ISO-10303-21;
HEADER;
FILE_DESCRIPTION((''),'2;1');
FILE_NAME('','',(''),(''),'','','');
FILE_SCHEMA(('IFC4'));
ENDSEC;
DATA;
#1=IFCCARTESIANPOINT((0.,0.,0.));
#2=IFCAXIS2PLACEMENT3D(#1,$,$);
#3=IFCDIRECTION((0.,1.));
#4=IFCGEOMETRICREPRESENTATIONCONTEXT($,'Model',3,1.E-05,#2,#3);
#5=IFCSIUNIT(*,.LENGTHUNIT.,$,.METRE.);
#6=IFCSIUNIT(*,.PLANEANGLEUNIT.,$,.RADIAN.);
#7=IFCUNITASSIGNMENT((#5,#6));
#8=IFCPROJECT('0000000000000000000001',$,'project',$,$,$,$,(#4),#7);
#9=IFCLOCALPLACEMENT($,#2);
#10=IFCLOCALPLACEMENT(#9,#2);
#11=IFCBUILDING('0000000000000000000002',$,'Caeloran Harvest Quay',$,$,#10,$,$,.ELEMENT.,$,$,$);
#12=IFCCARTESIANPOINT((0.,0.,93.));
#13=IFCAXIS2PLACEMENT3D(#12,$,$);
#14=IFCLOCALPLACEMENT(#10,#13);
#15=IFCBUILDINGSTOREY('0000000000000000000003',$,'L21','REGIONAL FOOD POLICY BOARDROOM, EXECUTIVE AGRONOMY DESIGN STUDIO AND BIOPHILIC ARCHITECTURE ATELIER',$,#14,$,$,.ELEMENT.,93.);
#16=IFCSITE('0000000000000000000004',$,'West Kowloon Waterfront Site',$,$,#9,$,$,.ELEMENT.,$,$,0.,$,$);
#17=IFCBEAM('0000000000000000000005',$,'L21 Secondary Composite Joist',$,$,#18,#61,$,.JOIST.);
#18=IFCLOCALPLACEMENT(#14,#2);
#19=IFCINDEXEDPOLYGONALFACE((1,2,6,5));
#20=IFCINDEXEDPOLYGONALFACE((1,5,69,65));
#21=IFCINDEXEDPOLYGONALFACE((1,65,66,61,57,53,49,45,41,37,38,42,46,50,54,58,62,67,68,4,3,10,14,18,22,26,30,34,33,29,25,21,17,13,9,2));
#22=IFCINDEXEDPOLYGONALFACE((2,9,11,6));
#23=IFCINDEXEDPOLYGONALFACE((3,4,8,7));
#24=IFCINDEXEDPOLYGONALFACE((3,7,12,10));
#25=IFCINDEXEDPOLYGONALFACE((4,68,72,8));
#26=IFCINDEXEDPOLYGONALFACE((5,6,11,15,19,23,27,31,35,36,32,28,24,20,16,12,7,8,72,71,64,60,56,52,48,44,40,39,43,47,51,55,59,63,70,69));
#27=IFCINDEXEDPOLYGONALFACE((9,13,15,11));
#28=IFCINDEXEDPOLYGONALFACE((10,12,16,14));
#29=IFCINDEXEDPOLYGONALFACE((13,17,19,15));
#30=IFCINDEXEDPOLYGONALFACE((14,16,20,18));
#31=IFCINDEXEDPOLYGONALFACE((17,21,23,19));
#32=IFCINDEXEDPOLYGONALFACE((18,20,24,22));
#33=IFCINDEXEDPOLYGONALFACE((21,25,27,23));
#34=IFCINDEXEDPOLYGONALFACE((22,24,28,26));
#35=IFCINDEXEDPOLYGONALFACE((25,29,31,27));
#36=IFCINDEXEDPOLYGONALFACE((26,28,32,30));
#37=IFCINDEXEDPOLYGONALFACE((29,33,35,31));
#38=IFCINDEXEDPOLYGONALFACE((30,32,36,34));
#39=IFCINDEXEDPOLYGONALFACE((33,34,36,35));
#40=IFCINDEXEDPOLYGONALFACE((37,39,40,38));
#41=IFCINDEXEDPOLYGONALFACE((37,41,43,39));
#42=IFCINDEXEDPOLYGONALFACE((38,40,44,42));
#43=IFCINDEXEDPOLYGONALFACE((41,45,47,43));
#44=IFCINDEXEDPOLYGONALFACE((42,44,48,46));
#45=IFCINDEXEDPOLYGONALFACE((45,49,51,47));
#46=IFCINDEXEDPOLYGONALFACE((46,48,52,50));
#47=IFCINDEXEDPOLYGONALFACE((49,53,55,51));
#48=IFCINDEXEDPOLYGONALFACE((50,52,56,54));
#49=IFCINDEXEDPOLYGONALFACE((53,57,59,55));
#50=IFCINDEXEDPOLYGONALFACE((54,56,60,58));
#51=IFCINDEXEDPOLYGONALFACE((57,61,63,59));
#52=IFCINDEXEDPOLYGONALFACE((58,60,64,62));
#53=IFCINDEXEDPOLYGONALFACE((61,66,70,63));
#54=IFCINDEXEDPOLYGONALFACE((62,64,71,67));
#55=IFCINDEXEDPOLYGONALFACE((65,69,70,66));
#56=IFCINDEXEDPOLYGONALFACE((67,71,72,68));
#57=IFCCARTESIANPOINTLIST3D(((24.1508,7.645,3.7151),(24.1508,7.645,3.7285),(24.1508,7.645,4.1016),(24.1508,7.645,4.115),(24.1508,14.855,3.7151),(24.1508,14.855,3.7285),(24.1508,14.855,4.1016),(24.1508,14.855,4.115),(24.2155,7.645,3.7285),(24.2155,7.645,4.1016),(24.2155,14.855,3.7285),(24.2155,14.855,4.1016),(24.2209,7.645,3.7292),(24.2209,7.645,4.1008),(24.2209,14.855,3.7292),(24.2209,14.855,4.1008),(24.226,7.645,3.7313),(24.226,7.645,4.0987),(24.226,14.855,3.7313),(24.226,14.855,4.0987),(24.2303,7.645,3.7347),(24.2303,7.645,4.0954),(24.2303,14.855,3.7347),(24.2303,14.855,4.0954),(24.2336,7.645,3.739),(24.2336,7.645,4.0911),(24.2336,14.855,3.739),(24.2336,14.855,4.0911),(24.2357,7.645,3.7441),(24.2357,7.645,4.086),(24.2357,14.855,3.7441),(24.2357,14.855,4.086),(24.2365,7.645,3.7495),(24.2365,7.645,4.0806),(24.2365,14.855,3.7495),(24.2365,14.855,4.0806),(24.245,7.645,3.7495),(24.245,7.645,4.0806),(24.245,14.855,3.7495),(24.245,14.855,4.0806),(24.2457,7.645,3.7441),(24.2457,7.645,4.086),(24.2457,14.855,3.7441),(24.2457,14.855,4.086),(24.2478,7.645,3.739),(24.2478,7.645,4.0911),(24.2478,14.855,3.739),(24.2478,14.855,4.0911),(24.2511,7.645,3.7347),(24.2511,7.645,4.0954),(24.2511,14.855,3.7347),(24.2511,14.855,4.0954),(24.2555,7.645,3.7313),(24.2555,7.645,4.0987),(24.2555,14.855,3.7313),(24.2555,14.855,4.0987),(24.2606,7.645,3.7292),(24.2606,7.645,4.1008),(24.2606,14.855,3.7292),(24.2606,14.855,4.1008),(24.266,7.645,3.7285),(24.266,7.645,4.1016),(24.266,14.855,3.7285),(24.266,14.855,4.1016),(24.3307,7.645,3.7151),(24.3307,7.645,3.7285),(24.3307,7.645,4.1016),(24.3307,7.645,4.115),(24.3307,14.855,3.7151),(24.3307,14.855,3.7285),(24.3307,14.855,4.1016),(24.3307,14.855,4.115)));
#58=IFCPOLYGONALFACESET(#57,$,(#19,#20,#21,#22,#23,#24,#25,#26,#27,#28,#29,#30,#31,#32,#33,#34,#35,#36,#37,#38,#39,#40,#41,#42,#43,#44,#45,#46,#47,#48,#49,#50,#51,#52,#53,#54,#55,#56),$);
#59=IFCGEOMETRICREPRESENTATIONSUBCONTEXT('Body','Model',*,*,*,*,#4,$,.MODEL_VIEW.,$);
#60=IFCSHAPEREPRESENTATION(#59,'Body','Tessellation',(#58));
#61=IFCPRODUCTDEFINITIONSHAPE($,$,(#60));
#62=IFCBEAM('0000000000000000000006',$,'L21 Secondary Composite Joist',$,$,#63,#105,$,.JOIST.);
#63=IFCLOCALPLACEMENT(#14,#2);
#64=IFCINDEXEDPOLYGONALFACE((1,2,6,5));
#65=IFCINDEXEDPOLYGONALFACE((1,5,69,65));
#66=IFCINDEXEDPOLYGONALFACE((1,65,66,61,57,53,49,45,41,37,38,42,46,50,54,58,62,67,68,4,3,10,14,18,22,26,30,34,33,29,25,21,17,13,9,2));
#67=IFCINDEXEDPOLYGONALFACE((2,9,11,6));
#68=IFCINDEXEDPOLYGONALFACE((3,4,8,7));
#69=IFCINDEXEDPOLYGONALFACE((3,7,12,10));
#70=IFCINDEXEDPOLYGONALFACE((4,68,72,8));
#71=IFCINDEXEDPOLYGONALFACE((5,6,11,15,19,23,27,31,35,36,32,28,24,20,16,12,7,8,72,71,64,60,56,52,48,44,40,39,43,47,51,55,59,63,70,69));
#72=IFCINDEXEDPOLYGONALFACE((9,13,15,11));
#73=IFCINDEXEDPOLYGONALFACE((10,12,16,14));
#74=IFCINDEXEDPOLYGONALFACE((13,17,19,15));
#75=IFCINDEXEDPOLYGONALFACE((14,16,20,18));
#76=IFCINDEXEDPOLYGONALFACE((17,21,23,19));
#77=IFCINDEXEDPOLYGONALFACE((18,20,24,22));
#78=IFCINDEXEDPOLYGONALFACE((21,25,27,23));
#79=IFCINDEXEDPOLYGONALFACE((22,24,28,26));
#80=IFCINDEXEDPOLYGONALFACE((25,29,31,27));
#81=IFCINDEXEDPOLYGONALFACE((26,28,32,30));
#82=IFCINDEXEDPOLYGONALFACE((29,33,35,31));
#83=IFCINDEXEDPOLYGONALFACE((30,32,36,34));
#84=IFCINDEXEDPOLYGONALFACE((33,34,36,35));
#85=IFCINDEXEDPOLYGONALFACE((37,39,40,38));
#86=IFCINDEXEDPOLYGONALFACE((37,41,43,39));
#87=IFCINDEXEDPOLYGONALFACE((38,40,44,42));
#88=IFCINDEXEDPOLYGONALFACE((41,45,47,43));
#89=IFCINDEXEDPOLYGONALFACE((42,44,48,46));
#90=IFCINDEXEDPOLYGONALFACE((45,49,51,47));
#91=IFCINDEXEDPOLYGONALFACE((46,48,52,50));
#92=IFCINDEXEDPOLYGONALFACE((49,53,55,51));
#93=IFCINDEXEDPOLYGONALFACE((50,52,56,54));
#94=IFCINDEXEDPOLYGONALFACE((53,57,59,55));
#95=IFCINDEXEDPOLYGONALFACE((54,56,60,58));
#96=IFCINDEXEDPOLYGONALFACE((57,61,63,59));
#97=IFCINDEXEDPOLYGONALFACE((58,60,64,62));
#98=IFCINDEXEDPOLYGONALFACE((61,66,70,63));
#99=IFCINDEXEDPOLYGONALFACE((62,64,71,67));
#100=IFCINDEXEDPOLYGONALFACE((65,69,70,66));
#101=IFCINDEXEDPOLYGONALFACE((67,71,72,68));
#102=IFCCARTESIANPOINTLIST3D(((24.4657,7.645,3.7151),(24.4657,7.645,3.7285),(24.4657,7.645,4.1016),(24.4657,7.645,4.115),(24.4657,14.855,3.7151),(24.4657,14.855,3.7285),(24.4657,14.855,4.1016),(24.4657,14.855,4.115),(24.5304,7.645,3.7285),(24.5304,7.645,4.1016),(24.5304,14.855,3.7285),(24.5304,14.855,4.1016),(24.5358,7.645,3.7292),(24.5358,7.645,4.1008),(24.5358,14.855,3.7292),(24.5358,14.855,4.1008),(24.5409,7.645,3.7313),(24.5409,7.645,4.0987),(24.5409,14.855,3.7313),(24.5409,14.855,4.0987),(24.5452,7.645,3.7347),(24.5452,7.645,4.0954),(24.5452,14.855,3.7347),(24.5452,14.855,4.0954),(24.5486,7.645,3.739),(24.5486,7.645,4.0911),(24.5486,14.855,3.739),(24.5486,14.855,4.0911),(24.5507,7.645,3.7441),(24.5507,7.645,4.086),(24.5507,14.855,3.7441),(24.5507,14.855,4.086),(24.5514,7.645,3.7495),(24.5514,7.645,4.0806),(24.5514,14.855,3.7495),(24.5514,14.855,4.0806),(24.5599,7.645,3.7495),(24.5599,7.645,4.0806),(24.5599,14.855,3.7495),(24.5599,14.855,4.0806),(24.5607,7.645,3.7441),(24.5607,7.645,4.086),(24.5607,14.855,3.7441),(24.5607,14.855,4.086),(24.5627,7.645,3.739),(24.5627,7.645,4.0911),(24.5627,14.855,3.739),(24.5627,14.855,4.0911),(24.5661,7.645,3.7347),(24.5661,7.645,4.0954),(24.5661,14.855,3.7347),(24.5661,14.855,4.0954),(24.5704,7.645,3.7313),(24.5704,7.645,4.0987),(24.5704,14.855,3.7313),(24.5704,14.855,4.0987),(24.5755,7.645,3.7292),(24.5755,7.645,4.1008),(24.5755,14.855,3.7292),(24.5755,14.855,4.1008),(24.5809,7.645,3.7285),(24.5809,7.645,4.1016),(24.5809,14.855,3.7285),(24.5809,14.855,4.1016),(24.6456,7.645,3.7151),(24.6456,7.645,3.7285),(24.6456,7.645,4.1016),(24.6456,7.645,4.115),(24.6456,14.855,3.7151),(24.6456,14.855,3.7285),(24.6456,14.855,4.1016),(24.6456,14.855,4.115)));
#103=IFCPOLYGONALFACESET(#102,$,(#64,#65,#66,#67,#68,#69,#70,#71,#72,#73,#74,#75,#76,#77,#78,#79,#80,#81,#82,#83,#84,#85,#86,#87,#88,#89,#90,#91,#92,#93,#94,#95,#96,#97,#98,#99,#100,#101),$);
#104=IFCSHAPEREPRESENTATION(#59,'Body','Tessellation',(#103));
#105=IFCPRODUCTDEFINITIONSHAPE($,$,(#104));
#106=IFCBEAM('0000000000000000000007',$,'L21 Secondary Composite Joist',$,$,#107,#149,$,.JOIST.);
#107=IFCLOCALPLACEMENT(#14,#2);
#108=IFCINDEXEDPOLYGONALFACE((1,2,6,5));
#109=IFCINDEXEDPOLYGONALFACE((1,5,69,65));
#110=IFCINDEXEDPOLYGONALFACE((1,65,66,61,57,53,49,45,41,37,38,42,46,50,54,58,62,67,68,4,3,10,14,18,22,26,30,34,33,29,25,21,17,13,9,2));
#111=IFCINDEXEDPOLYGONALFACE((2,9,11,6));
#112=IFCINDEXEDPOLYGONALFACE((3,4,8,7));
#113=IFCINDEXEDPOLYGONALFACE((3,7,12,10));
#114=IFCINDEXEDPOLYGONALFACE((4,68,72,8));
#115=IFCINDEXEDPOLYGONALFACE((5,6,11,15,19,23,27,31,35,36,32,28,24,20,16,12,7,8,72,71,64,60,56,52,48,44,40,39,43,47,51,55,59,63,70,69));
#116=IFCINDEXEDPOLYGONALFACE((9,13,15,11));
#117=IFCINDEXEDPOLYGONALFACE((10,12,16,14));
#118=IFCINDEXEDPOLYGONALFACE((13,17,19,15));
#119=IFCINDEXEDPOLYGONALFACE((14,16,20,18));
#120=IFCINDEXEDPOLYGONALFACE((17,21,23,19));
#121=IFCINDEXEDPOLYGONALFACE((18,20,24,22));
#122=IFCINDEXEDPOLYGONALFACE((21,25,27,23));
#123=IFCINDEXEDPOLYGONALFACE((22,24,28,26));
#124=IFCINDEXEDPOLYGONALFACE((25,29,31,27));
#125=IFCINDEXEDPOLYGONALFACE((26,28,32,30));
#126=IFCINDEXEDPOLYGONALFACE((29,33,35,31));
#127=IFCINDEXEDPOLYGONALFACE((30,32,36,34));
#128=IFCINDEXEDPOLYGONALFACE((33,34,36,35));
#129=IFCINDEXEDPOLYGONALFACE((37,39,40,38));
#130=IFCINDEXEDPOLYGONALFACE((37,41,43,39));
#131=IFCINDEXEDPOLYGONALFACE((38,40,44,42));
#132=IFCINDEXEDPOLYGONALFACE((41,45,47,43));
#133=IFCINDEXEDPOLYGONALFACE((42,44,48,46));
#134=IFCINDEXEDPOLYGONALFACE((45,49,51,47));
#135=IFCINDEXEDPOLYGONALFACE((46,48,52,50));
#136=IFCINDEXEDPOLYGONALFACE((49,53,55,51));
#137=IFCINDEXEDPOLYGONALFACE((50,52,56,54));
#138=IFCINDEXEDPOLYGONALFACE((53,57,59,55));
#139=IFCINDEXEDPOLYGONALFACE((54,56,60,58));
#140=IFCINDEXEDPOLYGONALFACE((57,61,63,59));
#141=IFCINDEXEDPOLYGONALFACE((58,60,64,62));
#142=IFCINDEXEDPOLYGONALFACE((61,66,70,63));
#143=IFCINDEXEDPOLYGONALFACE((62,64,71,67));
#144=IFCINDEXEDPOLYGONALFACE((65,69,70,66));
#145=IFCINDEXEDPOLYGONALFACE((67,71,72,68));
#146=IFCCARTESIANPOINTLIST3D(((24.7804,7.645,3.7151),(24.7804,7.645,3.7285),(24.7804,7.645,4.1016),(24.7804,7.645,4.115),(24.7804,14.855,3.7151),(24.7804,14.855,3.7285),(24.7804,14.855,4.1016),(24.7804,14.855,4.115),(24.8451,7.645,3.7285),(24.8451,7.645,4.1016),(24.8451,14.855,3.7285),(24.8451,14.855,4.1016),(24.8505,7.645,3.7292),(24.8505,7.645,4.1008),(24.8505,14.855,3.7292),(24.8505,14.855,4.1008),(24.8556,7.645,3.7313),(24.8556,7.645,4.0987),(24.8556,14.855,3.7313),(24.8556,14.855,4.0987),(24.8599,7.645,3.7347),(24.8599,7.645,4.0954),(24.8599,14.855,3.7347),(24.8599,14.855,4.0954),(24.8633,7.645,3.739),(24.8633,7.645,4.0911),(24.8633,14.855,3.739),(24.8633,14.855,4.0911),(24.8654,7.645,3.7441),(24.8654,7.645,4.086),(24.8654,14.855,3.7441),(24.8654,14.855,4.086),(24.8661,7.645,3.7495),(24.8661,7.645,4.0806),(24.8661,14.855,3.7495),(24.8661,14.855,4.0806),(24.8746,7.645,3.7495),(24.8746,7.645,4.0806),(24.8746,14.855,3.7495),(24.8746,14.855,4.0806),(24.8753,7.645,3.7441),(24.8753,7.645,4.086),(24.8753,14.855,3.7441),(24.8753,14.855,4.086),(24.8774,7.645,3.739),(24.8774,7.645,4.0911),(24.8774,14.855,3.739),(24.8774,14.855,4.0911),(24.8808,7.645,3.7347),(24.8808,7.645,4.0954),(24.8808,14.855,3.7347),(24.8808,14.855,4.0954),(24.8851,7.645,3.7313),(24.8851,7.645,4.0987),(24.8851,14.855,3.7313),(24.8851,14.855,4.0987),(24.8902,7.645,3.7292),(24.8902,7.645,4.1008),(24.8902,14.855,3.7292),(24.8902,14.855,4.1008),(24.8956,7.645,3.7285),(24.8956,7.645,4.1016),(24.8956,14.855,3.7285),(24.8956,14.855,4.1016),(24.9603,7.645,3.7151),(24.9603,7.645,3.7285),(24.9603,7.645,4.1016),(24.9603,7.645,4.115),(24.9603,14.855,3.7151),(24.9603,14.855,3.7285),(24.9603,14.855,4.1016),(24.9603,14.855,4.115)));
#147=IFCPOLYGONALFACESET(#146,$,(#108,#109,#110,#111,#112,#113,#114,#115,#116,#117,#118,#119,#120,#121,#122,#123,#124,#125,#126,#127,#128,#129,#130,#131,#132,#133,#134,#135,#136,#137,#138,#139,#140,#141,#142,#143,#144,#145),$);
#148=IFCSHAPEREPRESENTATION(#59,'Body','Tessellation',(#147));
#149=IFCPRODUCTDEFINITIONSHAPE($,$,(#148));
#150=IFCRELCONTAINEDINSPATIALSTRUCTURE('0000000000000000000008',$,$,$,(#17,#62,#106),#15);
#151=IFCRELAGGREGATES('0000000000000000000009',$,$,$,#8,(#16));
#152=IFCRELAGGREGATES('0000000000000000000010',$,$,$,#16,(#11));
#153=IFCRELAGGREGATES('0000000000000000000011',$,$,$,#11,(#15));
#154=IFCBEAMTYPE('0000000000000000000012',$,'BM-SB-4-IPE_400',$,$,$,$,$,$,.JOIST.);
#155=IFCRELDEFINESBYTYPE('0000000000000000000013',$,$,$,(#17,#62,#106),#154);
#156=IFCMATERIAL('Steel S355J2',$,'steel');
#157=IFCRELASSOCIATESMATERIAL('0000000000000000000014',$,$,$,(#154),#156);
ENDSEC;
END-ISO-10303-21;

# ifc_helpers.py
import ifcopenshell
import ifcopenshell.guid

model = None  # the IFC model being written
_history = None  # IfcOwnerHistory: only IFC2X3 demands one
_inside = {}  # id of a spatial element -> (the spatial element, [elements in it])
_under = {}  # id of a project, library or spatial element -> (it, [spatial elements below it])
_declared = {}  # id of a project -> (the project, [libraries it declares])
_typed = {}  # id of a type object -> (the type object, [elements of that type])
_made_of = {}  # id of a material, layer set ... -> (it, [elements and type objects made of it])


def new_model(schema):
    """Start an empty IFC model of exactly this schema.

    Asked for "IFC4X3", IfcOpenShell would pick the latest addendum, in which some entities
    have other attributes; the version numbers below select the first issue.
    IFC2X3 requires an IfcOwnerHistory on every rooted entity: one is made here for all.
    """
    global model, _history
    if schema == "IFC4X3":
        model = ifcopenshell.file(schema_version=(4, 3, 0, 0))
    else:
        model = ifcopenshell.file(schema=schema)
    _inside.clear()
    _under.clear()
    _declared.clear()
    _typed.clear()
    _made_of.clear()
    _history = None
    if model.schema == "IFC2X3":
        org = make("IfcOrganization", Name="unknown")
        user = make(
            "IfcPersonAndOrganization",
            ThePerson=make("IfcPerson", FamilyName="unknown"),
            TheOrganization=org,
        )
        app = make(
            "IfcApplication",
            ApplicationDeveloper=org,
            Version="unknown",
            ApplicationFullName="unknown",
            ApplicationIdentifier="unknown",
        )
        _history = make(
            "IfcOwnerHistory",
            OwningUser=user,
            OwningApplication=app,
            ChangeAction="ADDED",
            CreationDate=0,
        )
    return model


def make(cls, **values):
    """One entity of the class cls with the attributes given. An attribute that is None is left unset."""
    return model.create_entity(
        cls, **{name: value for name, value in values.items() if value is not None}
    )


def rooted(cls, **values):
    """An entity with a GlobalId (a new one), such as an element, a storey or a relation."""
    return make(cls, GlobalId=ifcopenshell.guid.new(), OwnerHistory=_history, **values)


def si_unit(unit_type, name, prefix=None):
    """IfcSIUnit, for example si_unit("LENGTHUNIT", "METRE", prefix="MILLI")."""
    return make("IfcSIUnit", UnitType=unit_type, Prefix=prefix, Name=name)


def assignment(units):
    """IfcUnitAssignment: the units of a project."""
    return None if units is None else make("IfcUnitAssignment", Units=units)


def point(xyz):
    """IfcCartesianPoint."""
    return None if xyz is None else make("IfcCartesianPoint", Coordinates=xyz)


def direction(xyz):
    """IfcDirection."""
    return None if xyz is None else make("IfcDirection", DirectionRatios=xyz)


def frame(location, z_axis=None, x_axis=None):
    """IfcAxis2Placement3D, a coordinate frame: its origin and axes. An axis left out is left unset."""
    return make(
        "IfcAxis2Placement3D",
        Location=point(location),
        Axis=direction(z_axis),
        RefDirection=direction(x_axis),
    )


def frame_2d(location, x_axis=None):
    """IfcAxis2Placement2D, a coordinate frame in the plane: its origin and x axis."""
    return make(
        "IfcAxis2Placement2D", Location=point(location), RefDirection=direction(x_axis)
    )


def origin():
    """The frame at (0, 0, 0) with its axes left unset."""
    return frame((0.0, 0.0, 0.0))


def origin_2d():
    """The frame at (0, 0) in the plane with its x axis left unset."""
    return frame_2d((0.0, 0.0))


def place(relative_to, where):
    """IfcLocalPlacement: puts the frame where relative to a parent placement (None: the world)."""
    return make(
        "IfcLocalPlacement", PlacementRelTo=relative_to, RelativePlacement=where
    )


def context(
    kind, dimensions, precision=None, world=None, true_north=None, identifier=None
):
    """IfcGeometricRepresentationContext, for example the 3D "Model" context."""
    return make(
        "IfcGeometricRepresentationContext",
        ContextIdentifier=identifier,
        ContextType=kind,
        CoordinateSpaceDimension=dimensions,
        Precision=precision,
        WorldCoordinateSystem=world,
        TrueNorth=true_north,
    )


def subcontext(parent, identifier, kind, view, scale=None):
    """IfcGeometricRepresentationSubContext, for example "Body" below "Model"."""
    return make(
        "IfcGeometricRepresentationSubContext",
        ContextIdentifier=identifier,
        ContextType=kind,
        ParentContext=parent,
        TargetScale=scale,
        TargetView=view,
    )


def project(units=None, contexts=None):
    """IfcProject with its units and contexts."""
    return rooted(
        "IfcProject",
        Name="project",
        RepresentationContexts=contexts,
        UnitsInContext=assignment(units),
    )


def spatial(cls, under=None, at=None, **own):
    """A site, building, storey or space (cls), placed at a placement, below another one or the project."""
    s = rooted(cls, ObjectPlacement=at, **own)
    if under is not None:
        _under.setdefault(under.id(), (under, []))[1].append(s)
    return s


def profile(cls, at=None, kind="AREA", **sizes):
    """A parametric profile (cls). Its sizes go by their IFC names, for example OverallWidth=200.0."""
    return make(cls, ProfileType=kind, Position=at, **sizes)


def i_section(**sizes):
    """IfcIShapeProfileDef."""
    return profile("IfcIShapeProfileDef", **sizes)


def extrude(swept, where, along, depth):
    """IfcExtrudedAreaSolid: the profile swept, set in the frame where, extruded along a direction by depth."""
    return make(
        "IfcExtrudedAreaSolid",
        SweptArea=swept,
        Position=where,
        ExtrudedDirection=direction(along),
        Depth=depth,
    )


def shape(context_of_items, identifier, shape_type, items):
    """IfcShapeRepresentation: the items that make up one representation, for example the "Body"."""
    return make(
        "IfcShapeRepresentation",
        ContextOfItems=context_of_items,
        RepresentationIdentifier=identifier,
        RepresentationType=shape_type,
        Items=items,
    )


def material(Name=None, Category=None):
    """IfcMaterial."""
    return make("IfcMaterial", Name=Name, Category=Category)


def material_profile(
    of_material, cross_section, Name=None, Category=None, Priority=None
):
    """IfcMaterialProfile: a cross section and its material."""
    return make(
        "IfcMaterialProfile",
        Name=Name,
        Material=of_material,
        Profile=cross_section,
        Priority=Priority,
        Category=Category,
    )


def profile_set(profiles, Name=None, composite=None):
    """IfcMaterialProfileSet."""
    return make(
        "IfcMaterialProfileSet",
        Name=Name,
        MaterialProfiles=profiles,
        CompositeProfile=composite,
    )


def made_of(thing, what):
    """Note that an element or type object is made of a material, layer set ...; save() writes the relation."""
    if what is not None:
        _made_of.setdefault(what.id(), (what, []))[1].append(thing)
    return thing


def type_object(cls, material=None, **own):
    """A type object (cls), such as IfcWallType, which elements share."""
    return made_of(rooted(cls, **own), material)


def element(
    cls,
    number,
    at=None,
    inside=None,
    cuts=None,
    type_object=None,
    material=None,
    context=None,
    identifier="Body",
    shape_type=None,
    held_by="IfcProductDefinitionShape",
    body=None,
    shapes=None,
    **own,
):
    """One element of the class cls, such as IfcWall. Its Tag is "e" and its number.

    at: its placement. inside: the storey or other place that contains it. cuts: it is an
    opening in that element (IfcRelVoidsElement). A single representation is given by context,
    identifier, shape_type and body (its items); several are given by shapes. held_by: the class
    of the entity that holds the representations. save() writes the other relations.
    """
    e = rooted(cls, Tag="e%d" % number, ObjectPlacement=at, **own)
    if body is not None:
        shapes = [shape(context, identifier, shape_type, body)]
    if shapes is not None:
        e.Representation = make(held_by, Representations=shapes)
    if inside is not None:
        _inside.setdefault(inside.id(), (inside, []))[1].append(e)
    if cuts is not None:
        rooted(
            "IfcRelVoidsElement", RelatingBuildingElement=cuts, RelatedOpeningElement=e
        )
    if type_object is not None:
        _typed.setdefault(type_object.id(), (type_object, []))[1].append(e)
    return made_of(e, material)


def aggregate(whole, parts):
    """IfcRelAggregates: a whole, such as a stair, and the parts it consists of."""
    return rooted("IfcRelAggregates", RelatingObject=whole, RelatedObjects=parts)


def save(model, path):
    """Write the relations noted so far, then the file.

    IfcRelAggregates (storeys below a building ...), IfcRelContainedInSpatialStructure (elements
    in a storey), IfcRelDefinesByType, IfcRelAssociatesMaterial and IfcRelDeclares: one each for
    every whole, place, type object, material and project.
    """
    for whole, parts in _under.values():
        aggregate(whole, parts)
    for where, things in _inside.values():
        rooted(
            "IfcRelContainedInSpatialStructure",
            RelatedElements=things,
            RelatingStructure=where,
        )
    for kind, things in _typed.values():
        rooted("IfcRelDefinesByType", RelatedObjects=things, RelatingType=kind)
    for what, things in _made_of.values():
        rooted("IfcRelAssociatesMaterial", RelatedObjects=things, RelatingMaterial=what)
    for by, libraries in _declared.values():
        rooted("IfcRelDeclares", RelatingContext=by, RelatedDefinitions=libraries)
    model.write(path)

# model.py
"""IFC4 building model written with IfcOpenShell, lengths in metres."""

from ifc_helpers import new_model, si_unit, direction, frame, origin, origin_2d, place, context, subcontext, project, spatial, i_section, extrude, material, material_profile, profile_set, type_object, element, save


model = new_model("IFC4")

# Units and contexts
model_context = context("Model", 3, precision=1e-05, world=origin(), true_north=direction((0.0, 1.0)))
body_context = subcontext(model_context, "Body", "Model", "MODEL_VIEW")
ifc_project = project(units=[si_unit("LENGTHUNIT", "METRE"), si_unit("PLANEANGLEUNIT", "RADIAN")], contexts=[model_context])

# Site, building, storey
site_placement = place(None, origin())
site = spatial("IfcSite", under=ifc_project, at=site_placement, Name="West Kowloon Waterfront Site", CompositionType="ELEMENT", RefElevation=0.0)
building_placement = place(site_placement, origin())
building = spatial("IfcBuilding", under=site, at=building_placement, Name="Caeloran Harvest Quay", CompositionType="ELEMENT")
storey_placement = place(building_placement, frame((0.0, 0.0, 93.0)))
storey = spatial("IfcBuildingStorey", under=building, at=storey_placement, Name="L21", Description="REGIONAL FOOD POLICY BOARDROOM, EXECUTIVE AGRONOMY DESIGN STUDIO AND BIOPHILIC ARCHITECTURE ATELIER", CompositionType="ELEMENT", Elevation=93.0)

# Beams
ifc_material_1 = material(Name="Steel S355J2", Category="steel")
ifc_material_profile_1 = material_profile(ifc_material_1, i_section(OverallWidth=0.1799, OverallDepth=0.3999, WebThickness=0.0085, FlangeThickness=0.0134, FilletRadius=0.021, at=origin_2d()), Name="IPE 400")
ifc_profile_set_1 = profile_set([ifc_material_profile_1], Name="Steel S355J2")
beam_type_1 = type_object("IfcBeamType", Name="BM-SB-4-IPE_400", PredefinedType="JOIST", material=ifc_profile_set_1)
for number, where, z_axis, x_axis, name in (
    (1, (24.2407, 7.645, 3.915), (0.0, 1.0, 0.0), (-1.0, 0.0, 0.0), "L21 Secondary Composite Joist"),
    (2, (24.5557, 7.645, 3.915), (0.0, 1.0, 0.0), (-1.0, 0.0, 0.0), "L21 Secondary Composite Joist"),
    (3, (24.8704, 7.645, 3.915), (0.0, 1.0, 0.0), (-1.0, 0.0, 0.0), "L21 Secondary Composite Joist"),
):
    element("IfcBeam", number, at=place(storey_placement, frame(where, z_axis=z_axis, x_axis=x_axis)), inside=storey, type_object=beam_type_1, Name=name, PredefinedType="JOIST", context=body_context, shape_type="SweptSolid", body=[
        extrude(i_section(OverallWidth=0.1799, OverallDepth=0.3999, WebThickness=0.0085, FlangeThickness=0.0134, FilletRadius=0.021, at=origin_2d()), origin(), (0.0, 0.0, 1.0), 7.21),
    ])

save(model, "model.ifc")
